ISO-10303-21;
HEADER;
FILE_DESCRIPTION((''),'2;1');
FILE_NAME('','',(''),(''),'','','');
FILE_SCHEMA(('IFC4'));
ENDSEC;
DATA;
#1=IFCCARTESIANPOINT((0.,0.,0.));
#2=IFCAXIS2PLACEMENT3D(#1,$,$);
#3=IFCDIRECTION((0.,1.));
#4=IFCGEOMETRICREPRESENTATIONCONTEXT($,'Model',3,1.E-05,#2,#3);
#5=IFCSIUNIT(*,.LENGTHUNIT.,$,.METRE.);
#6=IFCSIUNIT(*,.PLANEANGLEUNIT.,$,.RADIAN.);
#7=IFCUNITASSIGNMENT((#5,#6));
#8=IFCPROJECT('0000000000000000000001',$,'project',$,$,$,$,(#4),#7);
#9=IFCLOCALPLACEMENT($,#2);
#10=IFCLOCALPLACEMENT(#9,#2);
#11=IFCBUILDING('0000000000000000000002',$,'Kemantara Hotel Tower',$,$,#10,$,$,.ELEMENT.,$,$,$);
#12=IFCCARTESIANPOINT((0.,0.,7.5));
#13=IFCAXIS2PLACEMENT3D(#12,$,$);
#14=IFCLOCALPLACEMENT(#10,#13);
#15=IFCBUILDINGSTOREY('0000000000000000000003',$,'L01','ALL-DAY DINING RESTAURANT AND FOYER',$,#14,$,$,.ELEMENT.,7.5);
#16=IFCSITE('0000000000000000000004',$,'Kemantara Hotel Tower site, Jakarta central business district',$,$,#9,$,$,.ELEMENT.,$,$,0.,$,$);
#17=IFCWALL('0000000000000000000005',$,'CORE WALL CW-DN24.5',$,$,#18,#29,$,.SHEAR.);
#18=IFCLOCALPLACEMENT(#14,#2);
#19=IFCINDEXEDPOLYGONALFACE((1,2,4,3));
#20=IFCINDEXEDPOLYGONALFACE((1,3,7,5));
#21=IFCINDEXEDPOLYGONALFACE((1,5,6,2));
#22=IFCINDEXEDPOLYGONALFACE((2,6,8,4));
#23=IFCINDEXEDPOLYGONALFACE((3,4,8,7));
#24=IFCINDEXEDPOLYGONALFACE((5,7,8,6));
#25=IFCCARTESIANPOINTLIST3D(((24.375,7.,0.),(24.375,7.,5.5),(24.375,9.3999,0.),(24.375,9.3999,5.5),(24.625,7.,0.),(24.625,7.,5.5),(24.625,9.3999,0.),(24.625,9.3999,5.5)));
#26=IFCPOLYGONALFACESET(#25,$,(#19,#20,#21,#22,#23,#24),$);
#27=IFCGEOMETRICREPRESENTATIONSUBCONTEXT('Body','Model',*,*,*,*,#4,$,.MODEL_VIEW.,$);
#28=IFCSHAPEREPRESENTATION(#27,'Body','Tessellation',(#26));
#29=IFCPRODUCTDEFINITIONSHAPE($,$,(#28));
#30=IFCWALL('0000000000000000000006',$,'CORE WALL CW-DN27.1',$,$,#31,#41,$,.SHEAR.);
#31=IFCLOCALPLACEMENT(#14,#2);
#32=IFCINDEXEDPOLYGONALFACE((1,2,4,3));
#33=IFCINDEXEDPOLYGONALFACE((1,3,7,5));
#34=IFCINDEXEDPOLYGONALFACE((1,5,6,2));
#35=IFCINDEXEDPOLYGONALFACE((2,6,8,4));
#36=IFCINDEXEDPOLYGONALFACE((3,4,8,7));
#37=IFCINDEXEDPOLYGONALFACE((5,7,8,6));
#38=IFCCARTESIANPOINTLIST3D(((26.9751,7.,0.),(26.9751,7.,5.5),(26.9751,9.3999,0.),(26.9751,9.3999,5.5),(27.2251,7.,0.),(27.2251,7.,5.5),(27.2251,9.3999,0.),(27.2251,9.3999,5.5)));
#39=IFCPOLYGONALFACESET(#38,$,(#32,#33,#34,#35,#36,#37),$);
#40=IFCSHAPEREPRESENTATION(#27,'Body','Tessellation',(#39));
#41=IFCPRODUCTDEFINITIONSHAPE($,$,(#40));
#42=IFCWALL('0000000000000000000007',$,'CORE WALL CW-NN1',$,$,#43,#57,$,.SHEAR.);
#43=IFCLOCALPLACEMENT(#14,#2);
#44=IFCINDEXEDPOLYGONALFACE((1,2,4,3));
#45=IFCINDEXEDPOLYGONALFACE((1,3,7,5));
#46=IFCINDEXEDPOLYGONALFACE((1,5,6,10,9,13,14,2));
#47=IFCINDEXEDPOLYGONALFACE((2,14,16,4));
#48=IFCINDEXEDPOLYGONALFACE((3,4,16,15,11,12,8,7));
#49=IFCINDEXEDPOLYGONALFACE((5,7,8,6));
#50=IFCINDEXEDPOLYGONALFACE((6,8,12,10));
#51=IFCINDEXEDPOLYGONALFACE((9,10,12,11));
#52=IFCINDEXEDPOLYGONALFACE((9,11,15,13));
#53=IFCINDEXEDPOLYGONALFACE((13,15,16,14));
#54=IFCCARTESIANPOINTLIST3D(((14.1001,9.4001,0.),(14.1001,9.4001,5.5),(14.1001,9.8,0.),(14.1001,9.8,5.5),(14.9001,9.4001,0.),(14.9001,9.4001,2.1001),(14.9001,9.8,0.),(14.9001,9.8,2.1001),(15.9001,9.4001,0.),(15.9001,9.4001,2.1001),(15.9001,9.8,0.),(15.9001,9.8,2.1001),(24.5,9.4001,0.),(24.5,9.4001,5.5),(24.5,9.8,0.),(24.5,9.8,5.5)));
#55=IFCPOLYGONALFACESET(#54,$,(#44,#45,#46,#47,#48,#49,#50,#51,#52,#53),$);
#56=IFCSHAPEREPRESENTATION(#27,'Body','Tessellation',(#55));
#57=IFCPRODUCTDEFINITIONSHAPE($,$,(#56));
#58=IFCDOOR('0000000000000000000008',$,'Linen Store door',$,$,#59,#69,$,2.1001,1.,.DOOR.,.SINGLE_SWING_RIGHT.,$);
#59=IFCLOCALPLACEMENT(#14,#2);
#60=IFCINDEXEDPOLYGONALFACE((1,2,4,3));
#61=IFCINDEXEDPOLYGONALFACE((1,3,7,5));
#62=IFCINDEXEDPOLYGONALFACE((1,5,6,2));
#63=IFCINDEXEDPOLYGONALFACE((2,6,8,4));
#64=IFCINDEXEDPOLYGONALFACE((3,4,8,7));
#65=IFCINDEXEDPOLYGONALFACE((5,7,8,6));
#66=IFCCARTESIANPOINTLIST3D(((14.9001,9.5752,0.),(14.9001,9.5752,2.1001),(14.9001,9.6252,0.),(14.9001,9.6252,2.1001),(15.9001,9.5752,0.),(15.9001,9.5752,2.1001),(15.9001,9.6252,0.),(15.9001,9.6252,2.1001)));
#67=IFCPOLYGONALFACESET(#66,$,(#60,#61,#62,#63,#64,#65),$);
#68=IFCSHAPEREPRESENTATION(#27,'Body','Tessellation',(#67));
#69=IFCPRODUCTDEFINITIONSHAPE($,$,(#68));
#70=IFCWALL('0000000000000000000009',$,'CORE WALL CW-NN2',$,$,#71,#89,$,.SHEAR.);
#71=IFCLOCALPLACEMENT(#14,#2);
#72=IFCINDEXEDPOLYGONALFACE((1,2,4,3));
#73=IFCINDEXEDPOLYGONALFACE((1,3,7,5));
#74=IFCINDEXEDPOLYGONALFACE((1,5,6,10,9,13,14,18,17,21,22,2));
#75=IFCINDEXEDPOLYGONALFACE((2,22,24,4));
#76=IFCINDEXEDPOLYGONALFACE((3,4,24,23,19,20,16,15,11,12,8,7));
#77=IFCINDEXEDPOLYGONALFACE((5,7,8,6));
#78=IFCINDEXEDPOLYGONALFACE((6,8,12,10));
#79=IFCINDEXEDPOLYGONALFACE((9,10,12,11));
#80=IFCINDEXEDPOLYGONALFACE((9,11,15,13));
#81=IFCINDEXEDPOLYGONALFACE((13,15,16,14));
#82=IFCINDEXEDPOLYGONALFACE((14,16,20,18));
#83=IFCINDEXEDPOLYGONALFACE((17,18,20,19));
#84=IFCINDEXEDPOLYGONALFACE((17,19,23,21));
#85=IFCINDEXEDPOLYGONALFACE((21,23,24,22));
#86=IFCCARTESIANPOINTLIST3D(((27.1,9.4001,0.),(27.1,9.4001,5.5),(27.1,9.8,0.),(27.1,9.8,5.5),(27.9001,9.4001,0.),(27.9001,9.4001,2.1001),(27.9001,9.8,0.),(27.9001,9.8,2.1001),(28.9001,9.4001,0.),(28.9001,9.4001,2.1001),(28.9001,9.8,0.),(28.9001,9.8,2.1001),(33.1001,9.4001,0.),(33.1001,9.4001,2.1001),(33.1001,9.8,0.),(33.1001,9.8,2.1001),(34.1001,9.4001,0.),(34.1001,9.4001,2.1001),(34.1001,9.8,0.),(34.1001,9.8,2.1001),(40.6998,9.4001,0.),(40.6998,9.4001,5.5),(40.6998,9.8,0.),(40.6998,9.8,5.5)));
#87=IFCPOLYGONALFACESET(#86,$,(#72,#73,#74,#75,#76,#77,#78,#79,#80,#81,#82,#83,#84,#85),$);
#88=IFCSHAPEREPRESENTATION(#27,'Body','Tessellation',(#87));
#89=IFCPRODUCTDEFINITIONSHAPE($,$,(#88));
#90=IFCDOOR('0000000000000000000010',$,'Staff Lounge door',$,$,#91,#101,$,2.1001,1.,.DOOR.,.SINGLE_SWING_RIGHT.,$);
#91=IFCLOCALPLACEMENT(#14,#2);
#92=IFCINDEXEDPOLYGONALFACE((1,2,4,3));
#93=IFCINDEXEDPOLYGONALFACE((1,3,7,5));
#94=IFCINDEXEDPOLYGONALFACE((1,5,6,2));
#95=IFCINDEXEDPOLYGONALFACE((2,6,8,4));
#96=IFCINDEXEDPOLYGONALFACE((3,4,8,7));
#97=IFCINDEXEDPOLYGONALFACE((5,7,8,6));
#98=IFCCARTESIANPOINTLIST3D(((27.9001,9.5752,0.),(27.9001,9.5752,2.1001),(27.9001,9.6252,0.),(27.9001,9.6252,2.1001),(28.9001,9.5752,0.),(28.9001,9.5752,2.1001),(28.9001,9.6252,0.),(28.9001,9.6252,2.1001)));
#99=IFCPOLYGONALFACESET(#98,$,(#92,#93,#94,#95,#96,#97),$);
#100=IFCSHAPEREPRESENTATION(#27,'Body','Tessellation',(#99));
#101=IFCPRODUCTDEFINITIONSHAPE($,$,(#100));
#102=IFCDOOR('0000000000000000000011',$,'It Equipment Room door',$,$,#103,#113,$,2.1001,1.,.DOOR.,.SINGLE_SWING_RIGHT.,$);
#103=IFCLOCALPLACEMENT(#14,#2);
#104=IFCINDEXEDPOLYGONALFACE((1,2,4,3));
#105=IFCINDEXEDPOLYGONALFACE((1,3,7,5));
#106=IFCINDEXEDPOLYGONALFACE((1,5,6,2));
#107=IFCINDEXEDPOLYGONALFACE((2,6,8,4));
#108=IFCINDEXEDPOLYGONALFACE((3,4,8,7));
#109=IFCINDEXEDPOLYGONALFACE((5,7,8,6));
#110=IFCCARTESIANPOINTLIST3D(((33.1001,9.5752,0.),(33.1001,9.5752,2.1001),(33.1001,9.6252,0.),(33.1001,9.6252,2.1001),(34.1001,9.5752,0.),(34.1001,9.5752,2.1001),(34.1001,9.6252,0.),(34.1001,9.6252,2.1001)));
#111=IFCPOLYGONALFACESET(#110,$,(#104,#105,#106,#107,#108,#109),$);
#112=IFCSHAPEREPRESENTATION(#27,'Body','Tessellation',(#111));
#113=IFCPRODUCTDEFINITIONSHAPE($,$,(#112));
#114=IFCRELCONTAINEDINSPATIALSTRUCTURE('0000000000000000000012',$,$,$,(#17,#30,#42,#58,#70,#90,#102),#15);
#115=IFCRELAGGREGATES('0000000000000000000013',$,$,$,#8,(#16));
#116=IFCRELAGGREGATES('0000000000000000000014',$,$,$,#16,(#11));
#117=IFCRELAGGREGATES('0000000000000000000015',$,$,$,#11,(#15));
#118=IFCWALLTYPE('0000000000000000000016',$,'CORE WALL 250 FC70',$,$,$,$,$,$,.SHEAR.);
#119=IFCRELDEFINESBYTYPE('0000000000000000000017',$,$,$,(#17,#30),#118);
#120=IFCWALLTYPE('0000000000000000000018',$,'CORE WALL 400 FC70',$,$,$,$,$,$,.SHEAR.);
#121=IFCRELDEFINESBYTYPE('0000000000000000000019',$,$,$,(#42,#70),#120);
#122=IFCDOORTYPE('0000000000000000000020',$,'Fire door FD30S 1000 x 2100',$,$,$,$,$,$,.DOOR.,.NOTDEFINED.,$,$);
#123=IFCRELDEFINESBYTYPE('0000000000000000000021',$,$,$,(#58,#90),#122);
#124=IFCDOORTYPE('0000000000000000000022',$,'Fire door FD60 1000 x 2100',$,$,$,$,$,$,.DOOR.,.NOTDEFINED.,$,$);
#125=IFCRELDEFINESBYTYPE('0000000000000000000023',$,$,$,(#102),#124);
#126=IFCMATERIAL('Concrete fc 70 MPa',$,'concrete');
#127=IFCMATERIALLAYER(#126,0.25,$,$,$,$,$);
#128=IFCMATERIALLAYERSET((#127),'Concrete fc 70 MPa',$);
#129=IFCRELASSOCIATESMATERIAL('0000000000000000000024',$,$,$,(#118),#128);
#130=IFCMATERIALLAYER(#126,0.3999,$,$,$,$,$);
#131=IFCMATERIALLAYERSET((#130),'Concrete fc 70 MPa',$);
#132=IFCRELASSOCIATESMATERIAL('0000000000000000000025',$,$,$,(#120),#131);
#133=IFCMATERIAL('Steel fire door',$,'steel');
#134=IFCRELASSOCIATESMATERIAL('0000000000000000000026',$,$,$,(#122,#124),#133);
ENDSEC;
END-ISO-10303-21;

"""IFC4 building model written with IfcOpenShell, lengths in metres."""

from ifc_helpers import new_model, si_unit, direction, frame, frame_2d, origin, place, context, subcontext, project, spatial, rectangle, extrude, material, layer, layer_set, type_object, element, fill, save


model = new_model("IFC4")

# Units and contexts
model_context = context("Model", 3, precision=1e-05, world=origin(), true_north=direction((0.0, 1.0)))
body_context = subcontext(model_context, "Body", "Model", "MODEL_VIEW")
ifc_project = project(units=[si_unit("LENGTHUNIT", "METRE"), si_unit("PLANEANGLEUNIT", "RADIAN")], contexts=[model_context])

# Site, building, storey
site_placement = place(None, origin())
site = spatial("IfcSite", under=ifc_project, at=site_placement, Name="Kemantara Hotel Tower site, Jakarta central business district", CompositionType="ELEMENT", RefElevation=0.0)
building_placement = place(site_placement, origin())
building = spatial("IfcBuilding", under=site, at=building_placement, Name="Kemantara Hotel Tower", CompositionType="ELEMENT")
storey_placement = place(building_placement, frame((0.0, 0.0, 7.5)))
storey = spatial("IfcBuildingStorey", under=building, at=storey_placement, Name="L01", Description="ALL-DAY DINING RESTAURANT AND FOYER", CompositionType="ELEMENT", Elevation=7.5)

# Walls
ifc_material_1 = material(Name="Concrete fc 70 MPa", Category="concrete")
ifc_layer_1 = layer(ifc_material_1, 0.25)
ifc_layer_set_1 = layer_set([ifc_layer_1], Name="Concrete fc 70 MPa")
wall_type_1 = type_object("IfcWallType", Name="CORE WALL 250 FC70", PredefinedType="SHEAR", material=ifc_layer_set_1)
for number, where, z_axis, x_axis, name in (
    (1, (24.5, 7.0, 0.0), (0.0, 0.0, 1.0), (0.0, 1.0, 0.0), "CORE WALL CW-DN24.5"),
    (2, (27.1001, 7.0, 0.0), (0.0, 0.0, 1.0), (0.0, 1.0, 0.0), "CORE WALL CW-DN27.1"),
):
    element("IfcWall", number, at=place(storey_placement, frame(where, z_axis=z_axis, x_axis=x_axis)), inside=storey, type_object=wall_type_1, Name=name, PredefinedType="SHEAR", context=body_context, shape_type="SweptSolid", body=[
        extrude(rectangle(XDim=2.3999, YDim=0.25, at=frame_2d((1.2, 0.0))), origin(), (0.0, 0.0, 1.0), 5.5),
    ])

# Wall, opening, door
ifc_layer_2 = layer(ifc_material_1, 0.3999)
ifc_layer_set_2 = layer_set([ifc_layer_2], Name="Concrete fc 70 MPa")
wall_type_2 = type_object("IfcWallType", Name="CORE WALL 400 FC70", PredefinedType="SHEAR", material=ifc_layer_set_2)
wall_1_placement = place(storey_placement, frame((14.1001, 9.6001, 0.0), z_axis=(0.0, 0.0, 1.0), x_axis=(1.0, 0.0, 0.0)))
wall_1 = element("IfcWall", 3, at=wall_1_placement, inside=storey, type_object=wall_type_2, Name="CORE WALL CW-NN1", PredefinedType="SHEAR", context=body_context, shape_type="SweptSolid", body=[
    extrude(rectangle(XDim=10.3999, YDim=0.3999, at=frame_2d((5.2, 0.0))), origin(), (0.0, 0.0, 1.0), 5.5),
])
opening_1_placement = place(wall_1_placement, frame((0.8, 0.0, 0.0)))
opening_1 = element("IfcOpeningElement", 4, at=opening_1_placement, cuts=wall_1, PredefinedType="OPENING", context=body_context, shape_type="SweptSolid", body=[
    extrude(rectangle(XDim=1.0, YDim=2.1001, at=frame_2d((0.5, 1.05))), frame((0.0, 0.21, 0.0), z_axis=(0.0, -1.0, 0.0), x_axis=(1.0, 0.0, 0.0)), (0.0, 0.0, 1.0), 0.4199),
])
ifc_material_2 = material(Name="Steel fire door", Category="steel")
door_type_1 = type_object("IfcDoorType", Name="Fire door FD30S 1000 x 2100", OperationType="NOTDEFINED", PredefinedType="DOOR", material=ifc_material_2)
door_1_placement = place(opening_1_placement, frame((1.0, 0.0, 0.0), z_axis=(0.0, 0.0, 1.0), x_axis=(-1.0, 0.0, 0.0)))
door_1 = element("IfcDoor", 5, at=door_1_placement, inside=storey, type_object=door_type_1, Name="Linen Store door", OperationType="SINGLE_SWING_RIGHT", OverallHeight=2.1001, OverallWidth=1.0, PredefinedType="DOOR", context=body_context, shape_type="SweptSolid", body=[
    extrude(rectangle(XDim=1.0, YDim=2.1001, at=frame_2d((0.5, 1.05))), frame((0.0, 0.0249, 0.0), z_axis=(0.0, -1.0, 0.0), x_axis=(1.0, 0.0, 0.0)), (0.0, 0.0, 1.0), 0.05),
])
fill(opening_1, door_1)

# Wall, openings, doors
wall_2_placement = place(storey_placement, frame((27.1001, 9.6001, 0.0), z_axis=(0.0, 0.0, 1.0), x_axis=(1.0, 0.0, 0.0)))
wall_2 = element("IfcWall", 6, at=wall_2_placement, inside=storey, type_object=wall_type_2, Name="CORE WALL CW-NN2", PredefinedType="SHEAR", context=body_context, shape_type="SweptSolid", body=[
    extrude(rectangle(XDim=13.5999, YDim=0.3999, at=frame_2d((6.7998, 0.0))), origin(), (0.0, 0.0, 1.0), 5.5),
])
opening_2_placement = place(wall_2_placement, frame((0.8, 0.0, 0.0)))
opening_2 = element("IfcOpeningElement", 7, at=opening_2_placement, cuts=wall_2, PredefinedType="OPENING", context=body_context, shape_type="SweptSolid", body=[
    extrude(rectangle(XDim=1.0, YDim=2.1001, at=frame_2d((0.5, 1.05))), frame((0.0, 0.21, 0.0), z_axis=(0.0, -1.0, 0.0), x_axis=(1.0, 0.0, 0.0)), (0.0, 0.0, 1.0), 0.4199),
])
opening_3_placement = place(wall_2_placement, frame((6.0, 0.0, 0.0)))
opening_3 = element("IfcOpeningElement", 8, at=opening_3_placement, cuts=wall_2, PredefinedType="OPENING", context=body_context, shape_type="SweptSolid", body=[
    extrude(rectangle(XDim=1.0, YDim=2.1001, at=frame_2d((0.5, 1.05))), frame((0.0, 0.21, 0.0), z_axis=(0.0, -1.0, 0.0), x_axis=(1.0, 0.0, 0.0)), (0.0, 0.0, 1.0), 0.4199),
])
door_2_placement = place(opening_2_placement, frame((1.0, 0.0, 0.0), z_axis=(0.0, 0.0, 1.0), x_axis=(-1.0, 0.0, 0.0)))
door_2 = element("IfcDoor", 9, at=door_2_placement, inside=storey, type_object=door_type_1, Name="Staff Lounge door", OperationType="SINGLE_SWING_RIGHT", OverallHeight=2.1001, OverallWidth=1.0, PredefinedType="DOOR", context=body_context, shape_type="SweptSolid", body=[
    extrude(rectangle(XDim=1.0, YDim=2.1001, at=frame_2d((0.5, 1.05))), frame((0.0, 0.0249, 0.0), z_axis=(0.0, -1.0, 0.0), x_axis=(1.0, 0.0, 0.0)), (0.0, 0.0, 1.0), 0.05),
])
fill(opening_2, door_2)
door_type_2 = type_object("IfcDoorType", Name="Fire door FD60 1000 x 2100", OperationType="NOTDEFINED", PredefinedType="DOOR", material=ifc_material_2)
door_3_placement = place(opening_3_placement, frame((1.0, 0.0, 0.0), z_axis=(0.0, 0.0, 1.0), x_axis=(-1.0, 0.0, 0.0)))
door_3 = element("IfcDoor", 10, at=door_3_placement, inside=storey, type_object=door_type_2, Name="It Equipment Room door", OperationType="SINGLE_SWING_RIGHT", OverallHeight=2.1001, OverallWidth=1.0, PredefinedType="DOOR", context=body_context, shape_type="SweptSolid", body=[
    extrude(rectangle(XDim=1.0, YDim=2.1001, at=frame_2d((0.5, 1.05))), frame((0.0, 0.0249, 0.0), z_axis=(0.0, -1.0, 0.0), x_axis=(1.0, 0.0, 0.0)), (0.0, 0.0, 1.0), 0.05),
])
fill(opening_3, door_3)

save(model, "model.ifc")
